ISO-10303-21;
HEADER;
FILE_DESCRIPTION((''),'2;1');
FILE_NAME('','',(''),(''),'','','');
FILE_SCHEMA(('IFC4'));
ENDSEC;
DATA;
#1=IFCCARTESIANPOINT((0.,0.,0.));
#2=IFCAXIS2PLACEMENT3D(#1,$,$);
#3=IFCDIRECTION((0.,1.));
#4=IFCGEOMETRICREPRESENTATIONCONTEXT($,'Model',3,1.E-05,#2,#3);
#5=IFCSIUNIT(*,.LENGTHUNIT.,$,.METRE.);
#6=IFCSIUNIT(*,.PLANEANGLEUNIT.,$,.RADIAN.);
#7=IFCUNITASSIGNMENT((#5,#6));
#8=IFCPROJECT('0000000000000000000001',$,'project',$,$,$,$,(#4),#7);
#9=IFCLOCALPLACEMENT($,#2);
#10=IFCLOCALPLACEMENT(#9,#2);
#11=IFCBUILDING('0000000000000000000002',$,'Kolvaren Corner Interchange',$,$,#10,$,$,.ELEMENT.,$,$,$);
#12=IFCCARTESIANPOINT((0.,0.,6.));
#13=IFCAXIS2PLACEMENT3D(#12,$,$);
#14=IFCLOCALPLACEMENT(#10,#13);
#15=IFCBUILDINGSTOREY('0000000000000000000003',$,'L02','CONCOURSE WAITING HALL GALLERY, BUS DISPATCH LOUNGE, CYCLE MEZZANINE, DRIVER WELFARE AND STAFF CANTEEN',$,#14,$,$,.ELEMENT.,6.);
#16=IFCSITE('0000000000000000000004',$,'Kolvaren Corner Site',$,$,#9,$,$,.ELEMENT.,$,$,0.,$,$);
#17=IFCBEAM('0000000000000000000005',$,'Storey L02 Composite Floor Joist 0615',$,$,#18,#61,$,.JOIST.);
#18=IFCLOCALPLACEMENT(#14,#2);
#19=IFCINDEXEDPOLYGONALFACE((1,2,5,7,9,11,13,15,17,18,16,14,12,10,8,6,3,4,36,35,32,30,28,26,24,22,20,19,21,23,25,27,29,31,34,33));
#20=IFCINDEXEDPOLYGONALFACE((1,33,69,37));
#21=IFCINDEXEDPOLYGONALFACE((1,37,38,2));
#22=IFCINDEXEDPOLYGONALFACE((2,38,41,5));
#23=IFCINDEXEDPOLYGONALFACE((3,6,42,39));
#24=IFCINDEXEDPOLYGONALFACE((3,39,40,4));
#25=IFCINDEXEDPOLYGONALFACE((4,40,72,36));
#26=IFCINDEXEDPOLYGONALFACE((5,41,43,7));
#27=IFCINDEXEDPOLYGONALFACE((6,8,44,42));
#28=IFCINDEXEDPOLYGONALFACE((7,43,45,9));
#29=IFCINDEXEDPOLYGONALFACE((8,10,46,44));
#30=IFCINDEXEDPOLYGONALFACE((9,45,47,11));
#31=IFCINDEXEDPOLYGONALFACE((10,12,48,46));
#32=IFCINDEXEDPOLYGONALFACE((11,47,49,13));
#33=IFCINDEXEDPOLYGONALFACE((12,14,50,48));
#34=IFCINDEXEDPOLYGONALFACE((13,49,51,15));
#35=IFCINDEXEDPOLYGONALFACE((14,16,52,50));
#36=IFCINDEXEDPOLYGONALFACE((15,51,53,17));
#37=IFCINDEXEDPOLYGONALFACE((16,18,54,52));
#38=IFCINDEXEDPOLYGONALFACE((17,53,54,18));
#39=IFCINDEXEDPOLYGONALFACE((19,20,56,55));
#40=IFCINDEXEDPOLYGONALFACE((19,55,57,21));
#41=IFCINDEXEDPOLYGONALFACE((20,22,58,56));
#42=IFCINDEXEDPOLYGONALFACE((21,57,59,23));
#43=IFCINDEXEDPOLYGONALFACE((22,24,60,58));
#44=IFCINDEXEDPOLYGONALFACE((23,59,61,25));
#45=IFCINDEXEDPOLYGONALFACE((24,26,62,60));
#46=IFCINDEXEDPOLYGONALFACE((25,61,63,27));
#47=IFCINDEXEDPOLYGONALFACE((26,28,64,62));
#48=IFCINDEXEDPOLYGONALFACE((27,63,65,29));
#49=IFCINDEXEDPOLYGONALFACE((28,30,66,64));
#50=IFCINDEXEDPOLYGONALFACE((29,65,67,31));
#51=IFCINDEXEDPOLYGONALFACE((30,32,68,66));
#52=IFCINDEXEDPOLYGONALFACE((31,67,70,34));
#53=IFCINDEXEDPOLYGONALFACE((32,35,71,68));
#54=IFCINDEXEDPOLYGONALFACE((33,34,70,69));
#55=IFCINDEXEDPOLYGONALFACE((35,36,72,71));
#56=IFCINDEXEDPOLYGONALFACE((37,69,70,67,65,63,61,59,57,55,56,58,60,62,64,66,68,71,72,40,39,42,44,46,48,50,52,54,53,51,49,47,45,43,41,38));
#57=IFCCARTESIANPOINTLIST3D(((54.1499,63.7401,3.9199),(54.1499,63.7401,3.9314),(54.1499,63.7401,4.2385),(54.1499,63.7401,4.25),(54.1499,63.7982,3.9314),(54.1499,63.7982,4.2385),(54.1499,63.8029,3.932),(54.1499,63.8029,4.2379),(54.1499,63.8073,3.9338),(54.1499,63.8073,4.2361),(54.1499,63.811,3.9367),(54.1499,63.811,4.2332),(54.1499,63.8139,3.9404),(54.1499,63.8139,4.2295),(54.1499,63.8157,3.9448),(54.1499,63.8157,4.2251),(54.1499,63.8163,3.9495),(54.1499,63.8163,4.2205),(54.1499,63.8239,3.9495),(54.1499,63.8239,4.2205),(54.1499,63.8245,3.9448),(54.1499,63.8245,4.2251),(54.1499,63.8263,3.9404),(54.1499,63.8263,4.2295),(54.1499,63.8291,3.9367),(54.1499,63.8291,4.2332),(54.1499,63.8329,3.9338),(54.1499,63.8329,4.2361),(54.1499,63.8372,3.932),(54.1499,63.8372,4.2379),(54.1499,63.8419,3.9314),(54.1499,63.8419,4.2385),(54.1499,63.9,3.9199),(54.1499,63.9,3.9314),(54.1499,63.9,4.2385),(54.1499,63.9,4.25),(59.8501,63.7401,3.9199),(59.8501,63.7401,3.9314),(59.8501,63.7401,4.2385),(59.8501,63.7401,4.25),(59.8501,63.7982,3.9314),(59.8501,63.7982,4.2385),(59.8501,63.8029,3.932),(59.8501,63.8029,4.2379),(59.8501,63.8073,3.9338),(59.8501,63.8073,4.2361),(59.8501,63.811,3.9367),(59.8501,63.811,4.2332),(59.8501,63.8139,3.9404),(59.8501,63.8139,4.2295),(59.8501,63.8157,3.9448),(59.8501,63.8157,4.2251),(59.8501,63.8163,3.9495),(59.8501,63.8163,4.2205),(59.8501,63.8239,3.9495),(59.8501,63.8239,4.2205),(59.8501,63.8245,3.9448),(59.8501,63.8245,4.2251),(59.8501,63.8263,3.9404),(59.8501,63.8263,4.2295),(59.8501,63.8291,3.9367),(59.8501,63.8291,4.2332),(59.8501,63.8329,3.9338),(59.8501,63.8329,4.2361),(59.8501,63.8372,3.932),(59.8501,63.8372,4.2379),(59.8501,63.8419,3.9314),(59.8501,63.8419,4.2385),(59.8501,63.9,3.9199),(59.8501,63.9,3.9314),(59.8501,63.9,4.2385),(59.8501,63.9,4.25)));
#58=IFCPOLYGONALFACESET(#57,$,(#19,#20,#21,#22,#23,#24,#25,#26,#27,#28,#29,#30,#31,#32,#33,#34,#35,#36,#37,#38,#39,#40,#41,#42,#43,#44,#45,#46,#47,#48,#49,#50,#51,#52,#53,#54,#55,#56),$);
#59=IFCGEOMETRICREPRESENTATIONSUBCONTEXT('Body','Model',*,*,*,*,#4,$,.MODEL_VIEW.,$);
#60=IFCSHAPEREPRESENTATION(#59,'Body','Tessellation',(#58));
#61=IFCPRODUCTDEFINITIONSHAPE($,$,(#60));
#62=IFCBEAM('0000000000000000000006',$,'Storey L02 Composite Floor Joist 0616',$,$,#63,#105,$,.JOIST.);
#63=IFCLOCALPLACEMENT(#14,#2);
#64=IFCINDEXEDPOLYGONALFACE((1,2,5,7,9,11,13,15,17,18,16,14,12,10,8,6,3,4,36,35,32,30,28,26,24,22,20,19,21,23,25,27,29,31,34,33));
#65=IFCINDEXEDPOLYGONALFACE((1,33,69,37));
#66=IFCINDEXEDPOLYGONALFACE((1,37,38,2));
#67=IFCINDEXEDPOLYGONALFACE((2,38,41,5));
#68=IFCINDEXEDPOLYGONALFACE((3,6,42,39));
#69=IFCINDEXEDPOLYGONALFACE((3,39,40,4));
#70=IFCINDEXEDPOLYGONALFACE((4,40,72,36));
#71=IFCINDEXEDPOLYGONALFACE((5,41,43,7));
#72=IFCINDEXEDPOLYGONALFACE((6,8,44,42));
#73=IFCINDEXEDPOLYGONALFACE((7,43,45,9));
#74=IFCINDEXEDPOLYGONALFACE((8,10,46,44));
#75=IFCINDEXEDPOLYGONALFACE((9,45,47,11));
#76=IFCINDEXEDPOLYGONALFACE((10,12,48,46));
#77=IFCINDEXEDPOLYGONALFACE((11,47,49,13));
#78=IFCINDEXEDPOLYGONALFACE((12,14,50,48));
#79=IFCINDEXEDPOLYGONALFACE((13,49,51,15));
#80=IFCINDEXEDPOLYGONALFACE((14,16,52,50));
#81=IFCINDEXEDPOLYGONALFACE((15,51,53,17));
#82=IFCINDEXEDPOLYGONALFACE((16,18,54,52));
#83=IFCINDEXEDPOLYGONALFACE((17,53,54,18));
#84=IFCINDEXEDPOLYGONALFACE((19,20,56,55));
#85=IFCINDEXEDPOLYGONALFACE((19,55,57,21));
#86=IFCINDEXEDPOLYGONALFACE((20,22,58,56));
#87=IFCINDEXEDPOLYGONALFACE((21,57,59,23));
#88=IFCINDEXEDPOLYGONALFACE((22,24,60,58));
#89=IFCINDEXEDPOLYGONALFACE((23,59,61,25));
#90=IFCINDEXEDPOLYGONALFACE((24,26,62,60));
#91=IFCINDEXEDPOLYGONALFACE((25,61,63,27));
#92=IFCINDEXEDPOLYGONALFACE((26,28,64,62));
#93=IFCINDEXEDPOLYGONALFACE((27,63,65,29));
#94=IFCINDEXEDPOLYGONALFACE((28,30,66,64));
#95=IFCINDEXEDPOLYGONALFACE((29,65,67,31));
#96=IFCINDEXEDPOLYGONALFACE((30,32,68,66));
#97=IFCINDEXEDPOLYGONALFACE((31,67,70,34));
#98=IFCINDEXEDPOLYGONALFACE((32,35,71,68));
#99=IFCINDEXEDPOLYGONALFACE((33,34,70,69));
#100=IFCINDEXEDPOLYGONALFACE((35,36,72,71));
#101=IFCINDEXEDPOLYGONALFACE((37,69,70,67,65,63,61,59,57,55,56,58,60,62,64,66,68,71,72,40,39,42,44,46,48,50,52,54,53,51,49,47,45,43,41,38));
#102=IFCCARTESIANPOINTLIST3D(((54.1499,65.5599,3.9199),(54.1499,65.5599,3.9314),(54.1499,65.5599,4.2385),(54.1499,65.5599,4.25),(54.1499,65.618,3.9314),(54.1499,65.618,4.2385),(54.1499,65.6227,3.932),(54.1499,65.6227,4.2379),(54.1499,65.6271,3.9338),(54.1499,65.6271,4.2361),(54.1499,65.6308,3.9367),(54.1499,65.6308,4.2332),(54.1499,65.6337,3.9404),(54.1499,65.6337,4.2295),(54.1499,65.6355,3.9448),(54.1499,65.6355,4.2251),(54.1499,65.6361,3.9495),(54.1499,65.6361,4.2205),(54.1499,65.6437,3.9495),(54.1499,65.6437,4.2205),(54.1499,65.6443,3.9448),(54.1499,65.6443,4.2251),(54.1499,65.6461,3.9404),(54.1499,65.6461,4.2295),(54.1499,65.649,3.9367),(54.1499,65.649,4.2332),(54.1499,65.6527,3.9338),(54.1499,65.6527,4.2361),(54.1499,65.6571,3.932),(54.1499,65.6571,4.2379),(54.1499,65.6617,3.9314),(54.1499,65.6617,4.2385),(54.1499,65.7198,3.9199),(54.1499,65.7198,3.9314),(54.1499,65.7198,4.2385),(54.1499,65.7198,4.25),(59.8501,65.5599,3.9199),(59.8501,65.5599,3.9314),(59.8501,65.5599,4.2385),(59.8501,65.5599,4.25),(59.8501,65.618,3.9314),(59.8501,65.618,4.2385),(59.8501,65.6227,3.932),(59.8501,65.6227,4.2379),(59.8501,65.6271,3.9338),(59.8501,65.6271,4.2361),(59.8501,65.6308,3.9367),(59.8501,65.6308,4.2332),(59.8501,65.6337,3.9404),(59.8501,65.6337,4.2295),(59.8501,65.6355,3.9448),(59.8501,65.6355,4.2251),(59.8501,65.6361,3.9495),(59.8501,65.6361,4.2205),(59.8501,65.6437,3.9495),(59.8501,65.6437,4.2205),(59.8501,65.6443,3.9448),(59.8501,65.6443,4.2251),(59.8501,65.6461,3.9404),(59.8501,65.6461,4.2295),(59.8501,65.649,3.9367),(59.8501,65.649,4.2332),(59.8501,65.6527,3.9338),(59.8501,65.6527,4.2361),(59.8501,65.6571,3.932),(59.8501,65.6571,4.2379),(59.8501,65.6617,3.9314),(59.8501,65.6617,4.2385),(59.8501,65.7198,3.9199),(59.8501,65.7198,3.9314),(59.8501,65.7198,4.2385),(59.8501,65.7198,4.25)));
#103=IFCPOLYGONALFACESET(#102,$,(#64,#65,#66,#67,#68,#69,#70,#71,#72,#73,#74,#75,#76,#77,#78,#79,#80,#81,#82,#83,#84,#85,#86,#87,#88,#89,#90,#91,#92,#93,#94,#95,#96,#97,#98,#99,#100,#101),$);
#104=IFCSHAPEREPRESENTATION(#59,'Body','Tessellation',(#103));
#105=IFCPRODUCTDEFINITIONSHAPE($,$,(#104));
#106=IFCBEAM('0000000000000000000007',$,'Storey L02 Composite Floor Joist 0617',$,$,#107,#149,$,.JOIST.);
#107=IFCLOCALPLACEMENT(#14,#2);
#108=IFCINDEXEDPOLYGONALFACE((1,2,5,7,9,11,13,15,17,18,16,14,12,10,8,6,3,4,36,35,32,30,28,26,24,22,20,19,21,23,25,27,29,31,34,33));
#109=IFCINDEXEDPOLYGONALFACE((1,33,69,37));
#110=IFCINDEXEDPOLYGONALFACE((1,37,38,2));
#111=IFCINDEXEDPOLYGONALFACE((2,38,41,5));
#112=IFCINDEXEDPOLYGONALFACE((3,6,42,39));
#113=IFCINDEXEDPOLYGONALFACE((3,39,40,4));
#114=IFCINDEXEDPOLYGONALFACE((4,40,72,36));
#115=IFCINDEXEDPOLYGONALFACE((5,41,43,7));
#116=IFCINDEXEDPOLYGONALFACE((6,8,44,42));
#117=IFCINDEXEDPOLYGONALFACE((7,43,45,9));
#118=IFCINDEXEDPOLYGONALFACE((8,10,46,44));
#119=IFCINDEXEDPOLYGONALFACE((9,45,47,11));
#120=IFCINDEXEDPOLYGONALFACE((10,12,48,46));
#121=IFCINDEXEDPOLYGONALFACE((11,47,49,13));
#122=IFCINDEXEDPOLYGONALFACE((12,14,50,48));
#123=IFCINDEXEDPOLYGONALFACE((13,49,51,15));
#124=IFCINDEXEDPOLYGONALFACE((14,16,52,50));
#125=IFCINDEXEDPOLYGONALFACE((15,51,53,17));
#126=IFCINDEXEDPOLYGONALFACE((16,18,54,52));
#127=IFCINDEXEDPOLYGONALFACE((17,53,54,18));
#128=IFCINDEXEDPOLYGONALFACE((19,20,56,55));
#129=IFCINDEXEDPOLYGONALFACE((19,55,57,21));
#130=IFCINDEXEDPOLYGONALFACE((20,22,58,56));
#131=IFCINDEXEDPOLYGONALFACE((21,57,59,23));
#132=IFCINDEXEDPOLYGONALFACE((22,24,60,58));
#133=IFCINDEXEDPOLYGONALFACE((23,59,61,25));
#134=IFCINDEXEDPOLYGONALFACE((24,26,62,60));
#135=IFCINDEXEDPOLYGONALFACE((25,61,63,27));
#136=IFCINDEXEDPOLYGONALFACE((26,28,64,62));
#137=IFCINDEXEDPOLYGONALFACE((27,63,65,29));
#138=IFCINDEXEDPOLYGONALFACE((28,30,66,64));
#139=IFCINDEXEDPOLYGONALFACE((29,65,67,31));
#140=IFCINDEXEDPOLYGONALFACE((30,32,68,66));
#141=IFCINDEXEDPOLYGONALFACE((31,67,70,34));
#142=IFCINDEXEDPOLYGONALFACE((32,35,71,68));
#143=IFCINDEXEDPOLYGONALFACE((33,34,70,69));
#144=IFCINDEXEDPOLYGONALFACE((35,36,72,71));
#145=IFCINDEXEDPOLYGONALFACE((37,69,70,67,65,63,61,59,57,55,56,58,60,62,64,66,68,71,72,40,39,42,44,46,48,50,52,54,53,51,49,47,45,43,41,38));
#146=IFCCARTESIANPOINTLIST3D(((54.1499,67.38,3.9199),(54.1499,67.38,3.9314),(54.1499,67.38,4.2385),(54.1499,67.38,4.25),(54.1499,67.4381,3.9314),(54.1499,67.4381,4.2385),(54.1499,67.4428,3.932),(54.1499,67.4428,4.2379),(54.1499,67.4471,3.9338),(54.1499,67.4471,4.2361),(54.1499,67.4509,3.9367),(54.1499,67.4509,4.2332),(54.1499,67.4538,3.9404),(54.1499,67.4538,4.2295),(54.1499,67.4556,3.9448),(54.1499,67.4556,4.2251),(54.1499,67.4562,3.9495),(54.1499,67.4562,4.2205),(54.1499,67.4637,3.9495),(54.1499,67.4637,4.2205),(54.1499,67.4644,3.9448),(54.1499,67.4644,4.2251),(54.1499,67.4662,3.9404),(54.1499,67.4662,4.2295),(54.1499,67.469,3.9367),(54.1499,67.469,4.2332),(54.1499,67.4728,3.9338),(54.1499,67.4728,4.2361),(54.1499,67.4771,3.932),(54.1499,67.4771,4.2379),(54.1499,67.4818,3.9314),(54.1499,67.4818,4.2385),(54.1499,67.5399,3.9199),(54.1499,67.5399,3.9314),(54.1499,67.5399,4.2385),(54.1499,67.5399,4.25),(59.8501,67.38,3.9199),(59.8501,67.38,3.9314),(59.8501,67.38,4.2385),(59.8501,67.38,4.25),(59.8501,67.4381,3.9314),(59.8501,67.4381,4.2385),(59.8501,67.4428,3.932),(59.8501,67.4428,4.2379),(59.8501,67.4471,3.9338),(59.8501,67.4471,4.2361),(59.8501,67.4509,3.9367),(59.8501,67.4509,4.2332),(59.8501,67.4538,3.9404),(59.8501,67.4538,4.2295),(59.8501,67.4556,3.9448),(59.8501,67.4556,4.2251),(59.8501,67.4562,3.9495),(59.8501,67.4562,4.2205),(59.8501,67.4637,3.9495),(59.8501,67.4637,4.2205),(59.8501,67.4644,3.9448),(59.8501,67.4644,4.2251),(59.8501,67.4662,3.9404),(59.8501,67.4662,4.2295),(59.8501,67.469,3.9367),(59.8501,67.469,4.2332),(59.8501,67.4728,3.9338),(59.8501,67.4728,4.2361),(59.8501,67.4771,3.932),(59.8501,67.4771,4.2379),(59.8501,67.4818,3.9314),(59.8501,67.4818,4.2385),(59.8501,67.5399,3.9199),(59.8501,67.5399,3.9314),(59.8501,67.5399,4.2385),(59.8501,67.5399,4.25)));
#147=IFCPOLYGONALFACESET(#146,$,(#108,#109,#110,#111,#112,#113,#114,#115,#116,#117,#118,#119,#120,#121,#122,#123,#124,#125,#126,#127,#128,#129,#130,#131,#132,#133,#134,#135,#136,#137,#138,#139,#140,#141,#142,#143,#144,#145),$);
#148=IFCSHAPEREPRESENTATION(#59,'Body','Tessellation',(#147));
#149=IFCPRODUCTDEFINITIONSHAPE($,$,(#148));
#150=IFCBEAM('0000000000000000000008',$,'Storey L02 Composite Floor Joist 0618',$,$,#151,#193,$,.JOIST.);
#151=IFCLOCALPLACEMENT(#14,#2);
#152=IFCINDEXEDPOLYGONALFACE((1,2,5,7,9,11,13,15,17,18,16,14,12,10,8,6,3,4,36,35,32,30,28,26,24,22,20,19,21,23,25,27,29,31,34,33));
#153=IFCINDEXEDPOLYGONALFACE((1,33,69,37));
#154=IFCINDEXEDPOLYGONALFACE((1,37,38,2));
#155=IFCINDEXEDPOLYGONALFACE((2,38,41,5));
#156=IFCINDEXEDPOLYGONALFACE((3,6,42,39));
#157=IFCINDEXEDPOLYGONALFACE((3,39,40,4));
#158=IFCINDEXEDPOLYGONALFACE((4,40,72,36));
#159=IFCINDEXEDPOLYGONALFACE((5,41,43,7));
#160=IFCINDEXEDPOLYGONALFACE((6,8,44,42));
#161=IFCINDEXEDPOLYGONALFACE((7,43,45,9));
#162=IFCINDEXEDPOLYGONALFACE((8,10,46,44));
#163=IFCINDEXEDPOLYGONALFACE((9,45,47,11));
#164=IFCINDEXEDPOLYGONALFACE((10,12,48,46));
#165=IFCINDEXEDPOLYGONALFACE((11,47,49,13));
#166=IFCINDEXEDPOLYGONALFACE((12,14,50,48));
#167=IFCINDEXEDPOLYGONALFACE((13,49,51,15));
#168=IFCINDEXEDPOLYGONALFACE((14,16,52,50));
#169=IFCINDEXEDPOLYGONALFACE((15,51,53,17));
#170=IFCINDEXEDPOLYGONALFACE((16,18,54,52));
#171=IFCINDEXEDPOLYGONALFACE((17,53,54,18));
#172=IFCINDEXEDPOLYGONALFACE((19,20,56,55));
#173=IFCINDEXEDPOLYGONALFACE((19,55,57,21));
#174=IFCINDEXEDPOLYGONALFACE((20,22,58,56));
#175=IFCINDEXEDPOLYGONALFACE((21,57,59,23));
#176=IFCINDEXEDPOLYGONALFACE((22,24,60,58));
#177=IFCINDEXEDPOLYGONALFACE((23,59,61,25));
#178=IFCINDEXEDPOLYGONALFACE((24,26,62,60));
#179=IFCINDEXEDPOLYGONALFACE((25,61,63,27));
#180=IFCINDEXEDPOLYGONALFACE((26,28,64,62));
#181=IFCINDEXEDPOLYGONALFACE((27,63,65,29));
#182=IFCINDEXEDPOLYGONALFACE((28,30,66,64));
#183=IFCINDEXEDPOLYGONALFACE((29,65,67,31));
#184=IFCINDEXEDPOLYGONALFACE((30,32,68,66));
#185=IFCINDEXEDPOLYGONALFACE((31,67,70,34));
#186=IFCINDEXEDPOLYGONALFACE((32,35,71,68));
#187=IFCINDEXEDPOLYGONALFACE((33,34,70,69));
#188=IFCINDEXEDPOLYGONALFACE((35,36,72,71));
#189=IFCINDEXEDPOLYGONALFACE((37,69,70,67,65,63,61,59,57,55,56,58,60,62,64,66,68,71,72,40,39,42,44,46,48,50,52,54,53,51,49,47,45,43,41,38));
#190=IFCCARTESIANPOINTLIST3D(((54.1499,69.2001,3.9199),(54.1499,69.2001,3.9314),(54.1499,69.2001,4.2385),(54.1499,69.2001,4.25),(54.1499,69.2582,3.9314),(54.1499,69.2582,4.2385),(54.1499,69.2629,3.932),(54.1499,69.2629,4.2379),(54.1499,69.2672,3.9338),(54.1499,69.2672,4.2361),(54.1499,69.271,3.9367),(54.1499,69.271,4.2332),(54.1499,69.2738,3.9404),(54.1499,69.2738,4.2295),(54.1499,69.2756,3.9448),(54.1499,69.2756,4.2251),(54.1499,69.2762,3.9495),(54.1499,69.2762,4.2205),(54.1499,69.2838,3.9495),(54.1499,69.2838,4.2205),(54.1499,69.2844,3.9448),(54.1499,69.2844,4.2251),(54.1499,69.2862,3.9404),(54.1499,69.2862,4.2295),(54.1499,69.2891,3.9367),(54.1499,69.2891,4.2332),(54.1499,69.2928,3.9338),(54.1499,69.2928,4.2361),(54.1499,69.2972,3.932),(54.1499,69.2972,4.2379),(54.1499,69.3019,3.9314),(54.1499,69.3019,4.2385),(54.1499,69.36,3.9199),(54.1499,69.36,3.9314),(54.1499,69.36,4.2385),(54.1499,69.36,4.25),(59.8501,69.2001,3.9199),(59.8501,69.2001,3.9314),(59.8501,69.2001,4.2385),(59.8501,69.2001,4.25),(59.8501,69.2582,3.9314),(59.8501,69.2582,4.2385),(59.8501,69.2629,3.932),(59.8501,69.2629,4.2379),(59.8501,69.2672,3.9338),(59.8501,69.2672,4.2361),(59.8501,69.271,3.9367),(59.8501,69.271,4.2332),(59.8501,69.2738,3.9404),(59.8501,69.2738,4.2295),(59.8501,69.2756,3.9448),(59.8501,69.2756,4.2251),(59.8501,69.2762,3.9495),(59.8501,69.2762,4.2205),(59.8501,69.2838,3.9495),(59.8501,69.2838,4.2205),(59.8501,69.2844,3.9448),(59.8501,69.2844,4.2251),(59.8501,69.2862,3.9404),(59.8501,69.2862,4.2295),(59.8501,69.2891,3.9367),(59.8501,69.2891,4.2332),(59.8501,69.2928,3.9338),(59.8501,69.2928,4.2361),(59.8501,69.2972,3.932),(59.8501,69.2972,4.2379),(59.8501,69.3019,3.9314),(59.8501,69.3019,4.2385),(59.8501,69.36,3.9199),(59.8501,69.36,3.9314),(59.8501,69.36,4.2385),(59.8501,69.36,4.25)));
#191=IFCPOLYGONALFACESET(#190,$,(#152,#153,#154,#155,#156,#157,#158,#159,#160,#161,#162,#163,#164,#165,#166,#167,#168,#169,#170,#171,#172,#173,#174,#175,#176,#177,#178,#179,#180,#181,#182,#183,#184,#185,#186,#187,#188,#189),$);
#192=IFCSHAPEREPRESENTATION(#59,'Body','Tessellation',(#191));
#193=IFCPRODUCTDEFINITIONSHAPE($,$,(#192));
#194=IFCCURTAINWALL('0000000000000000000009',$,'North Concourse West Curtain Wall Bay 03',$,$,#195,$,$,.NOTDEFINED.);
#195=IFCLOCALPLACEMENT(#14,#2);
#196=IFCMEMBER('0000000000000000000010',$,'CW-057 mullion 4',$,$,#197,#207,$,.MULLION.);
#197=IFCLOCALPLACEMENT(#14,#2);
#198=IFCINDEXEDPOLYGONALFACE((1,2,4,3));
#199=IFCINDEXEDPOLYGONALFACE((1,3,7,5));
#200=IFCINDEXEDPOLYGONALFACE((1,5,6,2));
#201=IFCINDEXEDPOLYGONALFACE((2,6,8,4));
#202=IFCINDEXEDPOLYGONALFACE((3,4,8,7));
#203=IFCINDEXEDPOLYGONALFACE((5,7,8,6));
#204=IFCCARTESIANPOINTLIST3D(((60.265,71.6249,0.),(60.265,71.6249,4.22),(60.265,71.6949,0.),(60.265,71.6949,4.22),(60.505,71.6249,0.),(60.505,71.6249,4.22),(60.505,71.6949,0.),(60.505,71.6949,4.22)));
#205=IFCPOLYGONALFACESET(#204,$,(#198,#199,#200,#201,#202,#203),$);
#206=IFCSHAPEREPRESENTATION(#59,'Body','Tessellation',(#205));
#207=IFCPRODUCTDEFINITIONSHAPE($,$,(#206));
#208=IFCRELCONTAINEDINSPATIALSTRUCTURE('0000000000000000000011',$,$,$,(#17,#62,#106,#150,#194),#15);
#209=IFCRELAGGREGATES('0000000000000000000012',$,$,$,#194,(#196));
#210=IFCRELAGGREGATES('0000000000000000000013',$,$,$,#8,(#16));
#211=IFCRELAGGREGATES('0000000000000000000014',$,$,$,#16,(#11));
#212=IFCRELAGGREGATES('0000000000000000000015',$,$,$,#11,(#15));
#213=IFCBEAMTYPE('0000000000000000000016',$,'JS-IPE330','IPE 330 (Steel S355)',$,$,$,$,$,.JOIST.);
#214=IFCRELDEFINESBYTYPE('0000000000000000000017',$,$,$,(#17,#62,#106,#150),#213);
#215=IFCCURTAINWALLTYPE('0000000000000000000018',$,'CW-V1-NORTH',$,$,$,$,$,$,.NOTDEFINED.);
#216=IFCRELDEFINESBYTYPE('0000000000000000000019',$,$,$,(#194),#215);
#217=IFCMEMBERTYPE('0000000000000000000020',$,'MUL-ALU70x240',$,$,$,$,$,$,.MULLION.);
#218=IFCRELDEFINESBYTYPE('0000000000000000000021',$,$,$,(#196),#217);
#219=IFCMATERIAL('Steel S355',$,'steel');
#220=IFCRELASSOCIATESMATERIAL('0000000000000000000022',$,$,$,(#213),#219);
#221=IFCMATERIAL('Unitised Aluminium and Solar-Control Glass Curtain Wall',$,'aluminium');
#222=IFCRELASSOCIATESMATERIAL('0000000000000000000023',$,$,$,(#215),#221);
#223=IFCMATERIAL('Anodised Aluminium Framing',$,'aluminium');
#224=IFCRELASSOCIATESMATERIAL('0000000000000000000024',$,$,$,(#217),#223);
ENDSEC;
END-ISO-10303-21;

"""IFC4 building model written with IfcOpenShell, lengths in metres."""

from ifc_helpers import new_model, si_unit, direction, frame, origin, origin_2d, place, context, subcontext, project, spatial, rectangle, i_section, extrude, material, material_profile, profile_set, type_object, element, aggregate, save


model = new_model("IFC4")

# Units and contexts
model_context = context("Model", 3, precision=1e-05, world=origin(), true_north=direction((0.0, 1.0)))
body_context = subcontext(model_context, "Body", "Model", "MODEL_VIEW")
ifc_project = project(units=[si_unit("LENGTHUNIT", "METRE"), si_unit("PLANEANGLEUNIT", "RADIAN")], contexts=[model_context])

# Site, building, storey
site_placement = place(None, origin())
site = spatial("IfcSite", under=ifc_project, at=site_placement, Name="Kolvaren Corner Site", CompositionType="ELEMENT", RefElevation=0.0)
building_placement = place(site_placement, origin())
building = spatial("IfcBuilding", under=site, at=building_placement, Name="Kolvaren Corner Interchange", CompositionType="ELEMENT")
storey_placement = place(building_placement, frame((0.0, 0.0, 6.0)))
storey = spatial("IfcBuildingStorey", under=building, at=storey_placement, Name="L02", Description="CONCOURSE WAITING HALL GALLERY, BUS DISPATCH LOUNGE, CYCLE MEZZANINE, DRIVER WELFARE AND STAFF CANTEEN", CompositionType="ELEMENT", Elevation=6.0)

# Beams
ifc_material_1 = material(Name="Steel S355", Category="steel")
ifc_material_profile_1 = material_profile(ifc_material_1, i_section(OverallWidth=0.1599, OverallDepth=0.3301, WebThickness=0.0076, FlangeThickness=0.0115, FilletRadius=0.0181, at=origin_2d()), Name="IPE 330")
ifc_profile_set_1 = profile_set([ifc_material_profile_1], Name="Steel S355")
beam_type_1 = type_object("IfcBeamType", Name="JS-IPE330", Description="IPE 330 (Steel S355)", PredefinedType="JOIST", material=ifc_profile_set_1)
for number, where, z_axis, x_axis, name in (
    (1, (54.1499, 63.8201, 4.085), (1.0, 0.0, 0.0), (0.0, 1.0, 0.0), "Storey L02 Composite Floor Joist 0615"),
    (2, (54.1499, 65.6399, 4.085), (1.0, 0.0, 0.0), (0.0, 1.0, 0.0), "Storey L02 Composite Floor Joist 0616"),
    (3, (54.1499, 67.46, 4.085), (1.0, 0.0, 0.0), (0.0, 1.0, 0.0), "Storey L02 Composite Floor Joist 0617"),
    (4, (54.1499, 69.28, 4.085), (1.0, 0.0, 0.0), (0.0, 1.0, 0.0), "Storey L02 Composite Floor Joist 0618"),
):
    element("IfcBeam", number, at=place(storey_placement, frame(where, z_axis=z_axis, x_axis=x_axis)), inside=storey, type_object=beam_type_1, Name=name, PredefinedType="JOIST", context=body_context, shape_type="SweptSolid", body=[
        extrude(i_section(OverallWidth=0.1599, OverallDepth=0.3301, WebThickness=0.0076, FlangeThickness=0.0115, FilletRadius=0.0181, at=origin_2d()), origin(), (0.0, 0.0, 1.0), 5.7002),
    ])

# Curtain wall, member
ifc_material_2 = material(Name="Unitised Aluminium and Solar-Control Glass Curtain Wall", Category="aluminium")
curtain_wall_type = type_object("IfcCurtainWallType", Name="CW-V1-NORTH", PredefinedType="NOTDEFINED", material=ifc_material_2)
curtain_wall_placement = place(storey_placement, origin())
curtain_wall = element("IfcCurtainWall", 5, at=curtain_wall_placement, inside=storey, type_object=curtain_wall_type, Name="North Concourse West Curtain Wall Bay 03", PredefinedType="NOTDEFINED")
ifc_material_3 = material(Name="Anodised Aluminium Framing", Category="aluminium")
ifc_material_profile_2 = material_profile(ifc_material_3, rectangle(XDim=0.0701, YDim=0.24, at=origin_2d()), Name="ALU 70x240")
ifc_profile_set_2 = profile_set([ifc_material_profile_2], Name="Anodised Aluminium Framing")
member_type = type_object("IfcMemberType", Name="MUL-ALU70x240", PredefinedType="MULLION", material=ifc_profile_set_2)
member_placement = place(storey_placement, frame((60.385, 71.6599, 0.0), z_axis=(0.0, 0.0, 1.0), x_axis=(0.0, -1.0, 0.0)))
member = element("IfcMember", 6, at=member_placement, type_object=member_type, Name="CW-057 mullion 4", PredefinedType="MULLION", context=body_context, shape_type="SweptSolid", body=[
    extrude(rectangle(XDim=0.0701, YDim=0.24, at=origin_2d()), origin(), (0.0, 0.0, 1.0), 4.22),
])
aggregate(curtain_wall, [member])

save(model, "model.ifc")
